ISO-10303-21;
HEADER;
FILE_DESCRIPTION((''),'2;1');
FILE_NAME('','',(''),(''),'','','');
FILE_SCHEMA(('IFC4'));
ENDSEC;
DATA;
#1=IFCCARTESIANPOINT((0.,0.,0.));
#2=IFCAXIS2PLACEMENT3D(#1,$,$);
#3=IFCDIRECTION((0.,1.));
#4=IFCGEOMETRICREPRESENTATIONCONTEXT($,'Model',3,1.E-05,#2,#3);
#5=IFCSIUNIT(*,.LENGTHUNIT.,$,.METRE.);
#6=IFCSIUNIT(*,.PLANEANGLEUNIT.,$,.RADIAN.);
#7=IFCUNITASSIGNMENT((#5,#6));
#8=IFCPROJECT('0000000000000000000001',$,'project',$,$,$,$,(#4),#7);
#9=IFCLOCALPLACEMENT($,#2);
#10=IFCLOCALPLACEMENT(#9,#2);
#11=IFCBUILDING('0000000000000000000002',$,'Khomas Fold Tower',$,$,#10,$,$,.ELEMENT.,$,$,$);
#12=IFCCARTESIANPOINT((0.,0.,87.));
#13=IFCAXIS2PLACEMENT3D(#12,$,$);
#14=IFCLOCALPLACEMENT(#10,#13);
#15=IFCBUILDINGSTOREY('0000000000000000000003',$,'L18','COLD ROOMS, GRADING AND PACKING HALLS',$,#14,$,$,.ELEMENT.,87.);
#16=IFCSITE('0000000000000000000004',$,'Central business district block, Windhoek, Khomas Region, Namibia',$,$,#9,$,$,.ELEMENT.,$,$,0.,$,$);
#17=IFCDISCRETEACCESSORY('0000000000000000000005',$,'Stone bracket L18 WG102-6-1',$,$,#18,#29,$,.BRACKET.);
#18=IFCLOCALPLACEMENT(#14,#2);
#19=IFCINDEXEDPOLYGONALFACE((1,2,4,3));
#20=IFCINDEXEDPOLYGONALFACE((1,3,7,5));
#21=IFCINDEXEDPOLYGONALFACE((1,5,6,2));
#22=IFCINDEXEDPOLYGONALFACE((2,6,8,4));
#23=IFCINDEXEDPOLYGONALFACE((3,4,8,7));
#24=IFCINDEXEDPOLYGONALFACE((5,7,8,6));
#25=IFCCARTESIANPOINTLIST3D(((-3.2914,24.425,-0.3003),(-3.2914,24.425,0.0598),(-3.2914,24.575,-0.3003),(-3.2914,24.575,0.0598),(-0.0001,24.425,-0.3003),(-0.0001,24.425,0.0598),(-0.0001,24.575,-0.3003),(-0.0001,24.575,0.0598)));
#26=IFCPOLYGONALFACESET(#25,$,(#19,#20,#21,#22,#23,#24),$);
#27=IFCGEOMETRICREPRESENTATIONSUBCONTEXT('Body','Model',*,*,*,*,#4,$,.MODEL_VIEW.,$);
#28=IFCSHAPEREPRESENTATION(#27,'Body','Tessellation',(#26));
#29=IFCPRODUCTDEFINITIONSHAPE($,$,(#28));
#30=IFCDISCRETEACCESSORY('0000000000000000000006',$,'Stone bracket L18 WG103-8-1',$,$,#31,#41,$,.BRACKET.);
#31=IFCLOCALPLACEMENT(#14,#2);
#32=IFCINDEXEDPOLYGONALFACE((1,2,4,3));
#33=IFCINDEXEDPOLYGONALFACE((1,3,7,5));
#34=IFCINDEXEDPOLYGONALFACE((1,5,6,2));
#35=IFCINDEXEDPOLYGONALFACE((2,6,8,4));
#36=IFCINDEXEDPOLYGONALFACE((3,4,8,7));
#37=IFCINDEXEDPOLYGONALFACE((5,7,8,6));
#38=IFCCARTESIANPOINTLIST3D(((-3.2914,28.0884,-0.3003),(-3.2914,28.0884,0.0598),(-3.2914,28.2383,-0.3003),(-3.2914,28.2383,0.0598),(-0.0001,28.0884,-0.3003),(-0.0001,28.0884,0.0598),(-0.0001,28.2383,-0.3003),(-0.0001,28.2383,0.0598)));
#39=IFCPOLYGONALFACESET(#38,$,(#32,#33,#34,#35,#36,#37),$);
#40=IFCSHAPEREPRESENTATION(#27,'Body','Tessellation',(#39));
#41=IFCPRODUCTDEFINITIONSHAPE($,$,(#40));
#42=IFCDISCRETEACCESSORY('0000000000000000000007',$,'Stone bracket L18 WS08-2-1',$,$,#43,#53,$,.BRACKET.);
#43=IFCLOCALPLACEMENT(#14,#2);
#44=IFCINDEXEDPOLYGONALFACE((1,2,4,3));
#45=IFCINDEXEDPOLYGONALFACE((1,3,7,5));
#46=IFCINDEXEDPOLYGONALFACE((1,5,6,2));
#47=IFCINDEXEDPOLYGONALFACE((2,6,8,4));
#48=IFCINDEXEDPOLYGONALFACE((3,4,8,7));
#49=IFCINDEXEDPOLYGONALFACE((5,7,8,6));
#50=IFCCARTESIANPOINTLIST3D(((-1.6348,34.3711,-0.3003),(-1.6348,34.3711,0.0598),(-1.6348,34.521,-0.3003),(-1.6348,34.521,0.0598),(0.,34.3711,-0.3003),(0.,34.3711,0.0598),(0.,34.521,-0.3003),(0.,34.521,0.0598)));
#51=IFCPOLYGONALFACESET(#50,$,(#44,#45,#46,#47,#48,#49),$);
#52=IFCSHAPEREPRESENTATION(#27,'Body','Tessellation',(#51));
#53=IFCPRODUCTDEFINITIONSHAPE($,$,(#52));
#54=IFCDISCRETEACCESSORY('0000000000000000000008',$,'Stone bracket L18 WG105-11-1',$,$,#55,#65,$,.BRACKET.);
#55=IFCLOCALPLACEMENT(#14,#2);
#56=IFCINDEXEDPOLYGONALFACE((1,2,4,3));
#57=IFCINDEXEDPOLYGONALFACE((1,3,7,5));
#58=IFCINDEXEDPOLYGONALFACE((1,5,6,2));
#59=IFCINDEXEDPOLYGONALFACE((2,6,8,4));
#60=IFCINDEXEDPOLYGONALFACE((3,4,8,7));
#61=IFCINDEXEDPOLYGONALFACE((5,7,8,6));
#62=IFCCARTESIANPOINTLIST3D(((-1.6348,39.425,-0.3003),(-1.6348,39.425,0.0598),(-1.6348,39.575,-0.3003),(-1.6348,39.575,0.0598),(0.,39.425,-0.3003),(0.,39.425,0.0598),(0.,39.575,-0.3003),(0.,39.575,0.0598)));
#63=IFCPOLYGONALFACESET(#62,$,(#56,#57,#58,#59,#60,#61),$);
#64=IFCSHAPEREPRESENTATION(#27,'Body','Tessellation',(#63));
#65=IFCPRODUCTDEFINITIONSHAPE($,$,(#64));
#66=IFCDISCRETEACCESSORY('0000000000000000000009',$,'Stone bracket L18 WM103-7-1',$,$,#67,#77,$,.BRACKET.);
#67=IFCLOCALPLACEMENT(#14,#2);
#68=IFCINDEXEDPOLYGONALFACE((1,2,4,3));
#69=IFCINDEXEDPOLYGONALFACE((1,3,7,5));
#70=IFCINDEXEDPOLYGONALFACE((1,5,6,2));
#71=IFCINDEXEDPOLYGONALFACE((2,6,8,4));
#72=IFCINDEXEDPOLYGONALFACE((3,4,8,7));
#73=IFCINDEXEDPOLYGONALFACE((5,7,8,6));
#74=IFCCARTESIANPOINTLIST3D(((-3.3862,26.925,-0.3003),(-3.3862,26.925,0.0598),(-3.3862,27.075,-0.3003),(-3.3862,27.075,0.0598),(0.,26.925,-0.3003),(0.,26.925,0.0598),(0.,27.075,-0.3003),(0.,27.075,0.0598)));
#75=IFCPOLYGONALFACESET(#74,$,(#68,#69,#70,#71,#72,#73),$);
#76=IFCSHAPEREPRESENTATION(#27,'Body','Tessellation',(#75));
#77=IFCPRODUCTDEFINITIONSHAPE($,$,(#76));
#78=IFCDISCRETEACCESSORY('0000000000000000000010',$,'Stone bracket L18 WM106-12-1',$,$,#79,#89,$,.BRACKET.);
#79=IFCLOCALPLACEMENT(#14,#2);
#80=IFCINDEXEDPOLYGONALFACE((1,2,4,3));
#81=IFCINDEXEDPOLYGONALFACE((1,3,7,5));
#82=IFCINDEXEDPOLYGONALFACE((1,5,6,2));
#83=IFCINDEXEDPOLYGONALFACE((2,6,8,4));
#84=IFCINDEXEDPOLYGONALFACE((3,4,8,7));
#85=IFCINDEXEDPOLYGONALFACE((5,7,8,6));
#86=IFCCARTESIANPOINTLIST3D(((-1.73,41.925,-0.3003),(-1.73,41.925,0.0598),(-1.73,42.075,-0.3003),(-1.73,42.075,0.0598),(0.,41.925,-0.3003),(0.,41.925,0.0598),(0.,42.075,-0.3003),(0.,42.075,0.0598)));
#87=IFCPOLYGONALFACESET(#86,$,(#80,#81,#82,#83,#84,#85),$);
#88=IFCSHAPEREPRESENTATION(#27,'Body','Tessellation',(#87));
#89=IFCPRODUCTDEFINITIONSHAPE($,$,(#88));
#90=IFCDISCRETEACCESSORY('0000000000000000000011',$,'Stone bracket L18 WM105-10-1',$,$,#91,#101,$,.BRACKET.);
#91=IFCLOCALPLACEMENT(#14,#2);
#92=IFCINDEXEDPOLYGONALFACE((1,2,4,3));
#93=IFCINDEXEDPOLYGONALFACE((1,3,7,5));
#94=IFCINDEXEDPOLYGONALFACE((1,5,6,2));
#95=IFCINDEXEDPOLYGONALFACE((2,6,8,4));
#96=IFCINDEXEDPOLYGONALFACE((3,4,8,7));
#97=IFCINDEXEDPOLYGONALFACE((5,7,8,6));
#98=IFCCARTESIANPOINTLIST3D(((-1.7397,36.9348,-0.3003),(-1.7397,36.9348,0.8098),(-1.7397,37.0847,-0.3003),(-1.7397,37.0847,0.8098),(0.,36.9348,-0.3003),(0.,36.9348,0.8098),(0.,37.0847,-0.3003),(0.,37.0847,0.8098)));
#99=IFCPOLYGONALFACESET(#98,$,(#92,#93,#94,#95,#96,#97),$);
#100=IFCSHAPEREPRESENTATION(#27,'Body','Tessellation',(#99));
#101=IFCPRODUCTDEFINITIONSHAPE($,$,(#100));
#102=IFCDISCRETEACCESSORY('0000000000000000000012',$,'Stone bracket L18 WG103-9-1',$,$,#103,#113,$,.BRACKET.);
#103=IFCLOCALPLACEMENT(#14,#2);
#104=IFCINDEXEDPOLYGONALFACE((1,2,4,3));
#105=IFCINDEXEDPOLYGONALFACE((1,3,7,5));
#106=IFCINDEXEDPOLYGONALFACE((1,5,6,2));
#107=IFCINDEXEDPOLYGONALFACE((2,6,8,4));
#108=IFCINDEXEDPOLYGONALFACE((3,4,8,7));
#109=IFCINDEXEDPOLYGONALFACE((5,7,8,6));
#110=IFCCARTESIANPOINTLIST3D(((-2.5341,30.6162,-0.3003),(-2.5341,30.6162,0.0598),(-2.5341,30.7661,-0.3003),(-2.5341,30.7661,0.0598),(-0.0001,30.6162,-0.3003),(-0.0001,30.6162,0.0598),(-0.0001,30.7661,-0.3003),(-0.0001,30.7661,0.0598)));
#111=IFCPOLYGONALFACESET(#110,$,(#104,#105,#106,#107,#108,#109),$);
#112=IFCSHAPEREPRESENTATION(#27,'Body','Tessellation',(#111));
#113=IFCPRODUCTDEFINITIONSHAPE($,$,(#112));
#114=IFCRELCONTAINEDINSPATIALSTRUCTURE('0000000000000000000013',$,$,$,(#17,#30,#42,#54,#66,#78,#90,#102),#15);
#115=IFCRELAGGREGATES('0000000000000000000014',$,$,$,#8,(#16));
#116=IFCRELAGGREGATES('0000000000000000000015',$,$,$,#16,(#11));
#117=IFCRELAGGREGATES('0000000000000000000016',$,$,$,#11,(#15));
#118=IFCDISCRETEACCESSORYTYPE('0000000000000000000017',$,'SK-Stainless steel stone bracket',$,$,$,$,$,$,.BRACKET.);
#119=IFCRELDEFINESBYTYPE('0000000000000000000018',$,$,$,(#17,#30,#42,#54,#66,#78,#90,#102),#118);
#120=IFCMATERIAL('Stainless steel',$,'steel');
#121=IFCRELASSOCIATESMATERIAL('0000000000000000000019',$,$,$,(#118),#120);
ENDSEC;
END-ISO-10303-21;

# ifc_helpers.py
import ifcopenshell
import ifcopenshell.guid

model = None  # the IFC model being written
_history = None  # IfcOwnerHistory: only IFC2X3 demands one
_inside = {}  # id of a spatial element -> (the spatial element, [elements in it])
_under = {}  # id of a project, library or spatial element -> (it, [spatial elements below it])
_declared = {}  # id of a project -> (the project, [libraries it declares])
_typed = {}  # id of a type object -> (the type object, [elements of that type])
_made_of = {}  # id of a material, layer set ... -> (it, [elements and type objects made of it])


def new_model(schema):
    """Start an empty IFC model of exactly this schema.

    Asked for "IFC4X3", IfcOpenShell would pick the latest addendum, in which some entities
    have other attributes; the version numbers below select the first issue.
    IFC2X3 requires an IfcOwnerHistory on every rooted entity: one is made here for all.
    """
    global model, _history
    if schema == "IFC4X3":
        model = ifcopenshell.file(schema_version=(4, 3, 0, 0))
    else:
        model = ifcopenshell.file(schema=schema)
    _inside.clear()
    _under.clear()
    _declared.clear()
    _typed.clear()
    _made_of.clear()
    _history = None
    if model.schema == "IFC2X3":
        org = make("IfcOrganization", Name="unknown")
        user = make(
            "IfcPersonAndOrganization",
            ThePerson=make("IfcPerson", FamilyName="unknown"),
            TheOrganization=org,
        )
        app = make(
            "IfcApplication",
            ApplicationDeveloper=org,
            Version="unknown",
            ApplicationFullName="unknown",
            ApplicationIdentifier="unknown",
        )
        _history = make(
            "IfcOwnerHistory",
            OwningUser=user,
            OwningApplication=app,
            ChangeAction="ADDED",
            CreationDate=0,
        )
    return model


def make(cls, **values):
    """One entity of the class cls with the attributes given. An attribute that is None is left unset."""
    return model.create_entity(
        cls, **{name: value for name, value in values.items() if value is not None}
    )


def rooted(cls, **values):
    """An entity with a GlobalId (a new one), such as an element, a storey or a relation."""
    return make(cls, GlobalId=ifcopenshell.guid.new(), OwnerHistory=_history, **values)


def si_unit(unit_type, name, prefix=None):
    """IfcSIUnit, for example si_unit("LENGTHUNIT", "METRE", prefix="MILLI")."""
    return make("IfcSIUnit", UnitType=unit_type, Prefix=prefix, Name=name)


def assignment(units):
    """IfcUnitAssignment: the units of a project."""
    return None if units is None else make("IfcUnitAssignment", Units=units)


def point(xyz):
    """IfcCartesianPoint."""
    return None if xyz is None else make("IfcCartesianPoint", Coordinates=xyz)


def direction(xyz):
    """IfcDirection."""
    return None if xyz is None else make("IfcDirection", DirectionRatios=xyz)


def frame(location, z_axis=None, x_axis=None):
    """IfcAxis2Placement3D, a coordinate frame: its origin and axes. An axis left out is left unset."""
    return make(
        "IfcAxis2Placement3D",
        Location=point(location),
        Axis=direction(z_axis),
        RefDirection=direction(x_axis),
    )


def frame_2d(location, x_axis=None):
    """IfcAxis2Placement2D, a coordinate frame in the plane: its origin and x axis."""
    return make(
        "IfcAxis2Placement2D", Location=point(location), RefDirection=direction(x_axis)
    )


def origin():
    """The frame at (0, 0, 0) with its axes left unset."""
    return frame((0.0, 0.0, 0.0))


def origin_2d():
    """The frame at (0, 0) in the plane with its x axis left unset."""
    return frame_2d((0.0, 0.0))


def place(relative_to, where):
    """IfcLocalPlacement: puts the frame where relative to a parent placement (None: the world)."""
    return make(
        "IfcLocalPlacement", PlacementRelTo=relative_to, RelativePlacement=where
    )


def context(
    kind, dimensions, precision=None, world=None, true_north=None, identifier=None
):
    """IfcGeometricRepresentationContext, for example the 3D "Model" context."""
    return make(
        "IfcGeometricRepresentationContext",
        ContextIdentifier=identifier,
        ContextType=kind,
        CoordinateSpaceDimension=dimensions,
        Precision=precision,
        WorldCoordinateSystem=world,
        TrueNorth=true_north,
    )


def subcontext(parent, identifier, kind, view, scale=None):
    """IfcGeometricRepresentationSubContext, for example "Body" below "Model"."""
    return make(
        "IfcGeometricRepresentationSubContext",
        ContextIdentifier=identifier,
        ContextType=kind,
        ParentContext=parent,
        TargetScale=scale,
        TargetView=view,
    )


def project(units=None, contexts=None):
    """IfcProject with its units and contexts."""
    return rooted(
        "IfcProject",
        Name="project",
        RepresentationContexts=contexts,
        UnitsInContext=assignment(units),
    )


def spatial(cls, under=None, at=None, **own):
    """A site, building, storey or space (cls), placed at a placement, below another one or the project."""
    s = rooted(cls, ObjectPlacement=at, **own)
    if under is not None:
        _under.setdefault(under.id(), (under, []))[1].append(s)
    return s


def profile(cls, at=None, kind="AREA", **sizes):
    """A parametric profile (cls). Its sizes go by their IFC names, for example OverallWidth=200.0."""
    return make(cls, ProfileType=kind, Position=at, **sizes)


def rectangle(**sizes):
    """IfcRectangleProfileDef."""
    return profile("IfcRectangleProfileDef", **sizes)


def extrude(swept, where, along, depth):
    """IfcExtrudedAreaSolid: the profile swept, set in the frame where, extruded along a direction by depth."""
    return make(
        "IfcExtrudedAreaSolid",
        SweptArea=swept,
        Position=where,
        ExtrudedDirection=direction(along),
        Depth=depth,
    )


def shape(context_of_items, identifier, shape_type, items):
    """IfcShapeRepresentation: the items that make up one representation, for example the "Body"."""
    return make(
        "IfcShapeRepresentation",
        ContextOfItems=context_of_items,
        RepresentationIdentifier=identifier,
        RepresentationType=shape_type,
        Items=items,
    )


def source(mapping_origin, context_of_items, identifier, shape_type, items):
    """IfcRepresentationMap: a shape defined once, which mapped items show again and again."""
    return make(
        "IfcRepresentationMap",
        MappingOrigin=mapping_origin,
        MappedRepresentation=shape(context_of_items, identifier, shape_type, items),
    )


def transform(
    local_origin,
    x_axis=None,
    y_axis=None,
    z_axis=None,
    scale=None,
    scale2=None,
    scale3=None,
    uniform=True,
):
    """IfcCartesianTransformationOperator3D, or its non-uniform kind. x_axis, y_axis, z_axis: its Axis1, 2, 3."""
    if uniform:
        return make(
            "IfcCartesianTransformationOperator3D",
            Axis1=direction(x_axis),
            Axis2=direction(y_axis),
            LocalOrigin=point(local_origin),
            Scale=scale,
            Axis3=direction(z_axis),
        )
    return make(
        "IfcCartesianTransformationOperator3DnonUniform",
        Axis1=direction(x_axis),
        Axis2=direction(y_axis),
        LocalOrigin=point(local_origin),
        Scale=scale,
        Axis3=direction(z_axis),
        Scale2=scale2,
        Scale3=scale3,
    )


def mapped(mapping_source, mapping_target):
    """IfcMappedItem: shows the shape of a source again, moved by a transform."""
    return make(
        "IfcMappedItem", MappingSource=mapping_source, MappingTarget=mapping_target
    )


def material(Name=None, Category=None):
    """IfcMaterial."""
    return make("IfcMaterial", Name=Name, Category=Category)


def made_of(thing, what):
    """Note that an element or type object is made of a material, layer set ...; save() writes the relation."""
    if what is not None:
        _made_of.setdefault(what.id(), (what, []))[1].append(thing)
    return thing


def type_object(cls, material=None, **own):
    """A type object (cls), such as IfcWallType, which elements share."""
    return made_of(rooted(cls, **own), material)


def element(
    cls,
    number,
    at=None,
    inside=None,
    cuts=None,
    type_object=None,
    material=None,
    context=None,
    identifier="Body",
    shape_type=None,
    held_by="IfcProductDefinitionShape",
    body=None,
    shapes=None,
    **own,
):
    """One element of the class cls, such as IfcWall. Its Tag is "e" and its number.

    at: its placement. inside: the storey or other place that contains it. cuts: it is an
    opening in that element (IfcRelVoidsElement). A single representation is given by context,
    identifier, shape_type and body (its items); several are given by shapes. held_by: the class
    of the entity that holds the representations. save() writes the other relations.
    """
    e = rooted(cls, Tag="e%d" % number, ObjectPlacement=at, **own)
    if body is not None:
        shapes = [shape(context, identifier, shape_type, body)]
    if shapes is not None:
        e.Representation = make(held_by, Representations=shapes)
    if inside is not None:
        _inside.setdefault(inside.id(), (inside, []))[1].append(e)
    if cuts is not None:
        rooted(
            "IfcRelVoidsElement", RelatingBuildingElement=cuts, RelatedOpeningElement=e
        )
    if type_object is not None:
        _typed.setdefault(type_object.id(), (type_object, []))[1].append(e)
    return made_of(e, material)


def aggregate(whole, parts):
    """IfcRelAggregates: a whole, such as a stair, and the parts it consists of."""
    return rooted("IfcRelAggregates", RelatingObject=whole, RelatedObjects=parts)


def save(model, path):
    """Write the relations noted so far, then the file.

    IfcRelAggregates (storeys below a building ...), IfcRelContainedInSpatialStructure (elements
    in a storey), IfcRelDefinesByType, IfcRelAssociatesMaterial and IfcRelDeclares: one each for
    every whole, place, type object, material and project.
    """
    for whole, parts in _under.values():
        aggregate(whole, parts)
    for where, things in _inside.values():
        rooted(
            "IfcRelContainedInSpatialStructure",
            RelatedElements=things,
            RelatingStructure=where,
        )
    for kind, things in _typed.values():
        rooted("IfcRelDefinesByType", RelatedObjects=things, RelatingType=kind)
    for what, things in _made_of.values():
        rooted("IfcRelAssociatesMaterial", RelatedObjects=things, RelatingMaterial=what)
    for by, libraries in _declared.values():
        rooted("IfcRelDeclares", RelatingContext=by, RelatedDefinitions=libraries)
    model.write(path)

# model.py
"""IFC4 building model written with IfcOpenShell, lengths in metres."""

from ifc_helpers import new_model, si_unit, direction, frame, origin, origin_2d, place, context, subcontext, project, spatial, rectangle, extrude, source, transform, mapped, material, type_object, element, save


model = new_model("IFC4")

# Units and contexts
model_context = context("Model", 3, precision=1e-05, world=origin(), true_north=direction((0.0, 1.0)))
body_context = subcontext(model_context, "Body", "Model", "MODEL_VIEW")
ifc_project = project(units=[si_unit("LENGTHUNIT", "METRE"), si_unit("PLANEANGLEUNIT", "RADIAN")], contexts=[model_context])

# Site, building, storey
site_placement = place(None, origin())
site = spatial("IfcSite", under=ifc_project, at=site_placement, Name="Central business district block, Windhoek, Khomas Region, Namibia", CompositionType="ELEMENT", RefElevation=0.0)
building_placement = place(site_placement, origin())
building = spatial("IfcBuilding", under=site, at=building_placement, Name="Khomas Fold Tower", CompositionType="ELEMENT")
storey_placement = place(building_placement, frame((0.0, 0.0, 87.0)))
storey = spatial("IfcBuildingStorey", under=building, at=storey_placement, Name="L18", Description="COLD ROOMS, GRADING AND PACKING HALLS", CompositionType="ELEMENT", Elevation=87.0)

# Discrete accessories
ifc_material_1 = material(Name="Stainless steel", Category="steel")
discrete_accessory_type = type_object("IfcDiscreteAccessoryType", Name="SK-Stainless steel stone bracket", PredefinedType="BRACKET", material=ifc_material_1)
shared_shape_1 = source(origin(), body_context, "Body", "SweptSolid", [
    extrude(rectangle(XDim=3.2913, YDim=0.1499, at=origin_2d()), origin(), (0.0, 0.0, 1.0), 0.3601),
])
for number, where, z_axis, x_axis, name in (
    (1, (-1.6458, 24.5, -0.3003), (0.0, 0.0, 1.0), (-1.0, 0.0, 0.0), "Stone bracket L18 WG102-6-1"),
    (2, (-1.6458, 28.1633, -0.3003), (0.0, 0.0, 1.0), (-1.0, 0.0, 0.0), "Stone bracket L18 WG103-8-1"),
):
    element("IfcDiscreteAccessory", number, at=place(storey_placement, frame(where, z_axis=z_axis, x_axis=x_axis)), inside=storey, type_object=discrete_accessory_type, Name=name, PredefinedType="BRACKET", context=body_context, shape_type="MappedRepresentation", body=[
        mapped(shared_shape_1, transform((0.0, 0.0, 0.0))),
    ])
shared_shape_2 = source(origin(), body_context, "Body", "SweptSolid", [
    extrude(rectangle(XDim=1.6348, YDim=0.1499, at=origin_2d()), origin(), (0.0, 0.0, 1.0), 0.3601),
])
for number, where, z_axis, x_axis, name in (
    (3, (-0.8174, 34.446, -0.3003), (0.0, 0.0, 1.0), (-1.0, 0.0, 0.0), "Stone bracket L18 WS08-2-1"),
    (4, (-0.8174, 39.5, -0.3003), (0.0, 0.0, 1.0), (-1.0, 0.0, 0.0), "Stone bracket L18 WG105-11-1"),
):
    element("IfcDiscreteAccessory", number, at=place(storey_placement, frame(where, z_axis=z_axis, x_axis=x_axis)), inside=storey, type_object=discrete_accessory_type, Name=name, PredefinedType="BRACKET", context=body_context, shape_type="MappedRepresentation", body=[
        mapped(shared_shape_2, transform((0.0, 0.0, 0.0))),
    ])
shared_shape_3 = source(origin(), body_context, "Body", "SweptSolid", [
    extrude(rectangle(XDim=3.3862, YDim=0.1499, at=origin_2d()), origin(), (0.0, 0.0, 1.0), 0.3601),
])
discrete_accessory_1_placement = place(storey_placement, frame((-1.6931, 27.0, -0.3003), z_axis=(0.0, 0.0, 1.0), x_axis=(-1.0, 0.0, 0.0)))
element("IfcDiscreteAccessory", 5, at=discrete_accessory_1_placement, inside=storey, type_object=discrete_accessory_type, Name="Stone bracket L18 WM103-7-1", PredefinedType="BRACKET", context=body_context, shape_type="MappedRepresentation", body=[
    mapped(shared_shape_3, transform((0.0, 0.0, 0.0))),
])
shared_shape_4 = source(origin(), body_context, "Body", "SweptSolid", [
    extrude(rectangle(XDim=1.73, YDim=0.1499, at=origin_2d()), origin(), (0.0, 0.0, 1.0), 0.3601),
])
discrete_accessory_2_placement = place(storey_placement, frame((-0.865, 42.0, -0.3003), z_axis=(0.0, 0.0, 1.0), x_axis=(-1.0, 0.0, 0.0)))
element("IfcDiscreteAccessory", 6, at=discrete_accessory_2_placement, inside=storey, type_object=discrete_accessory_type, Name="Stone bracket L18 WM106-12-1", PredefinedType="BRACKET", context=body_context, shape_type="MappedRepresentation", body=[
    mapped(shared_shape_4, transform((0.0, 0.0, 0.0))),
])
shared_shape_5 = source(origin(), body_context, "Body", "SweptSolid", [
    extrude(rectangle(XDim=1.7397, YDim=0.1499, at=origin_2d()), origin(), (0.0, 0.0, 1.0), 1.1101),
])
discrete_accessory_3_placement = place(storey_placement, frame((-0.8699, 37.0098, -0.3003), z_axis=(0.0, 0.0, 1.0), x_axis=(-1.0, 0.0, 0.0)))
element("IfcDiscreteAccessory", 7, at=discrete_accessory_3_placement, inside=storey, type_object=discrete_accessory_type, Name="Stone bracket L18 WM105-10-1", PredefinedType="BRACKET", context=body_context, shape_type="MappedRepresentation", body=[
    mapped(shared_shape_5, transform((0.0, 0.0, 0.0))),
])
shared_shape_6 = source(origin(), body_context, "Body", "SweptSolid", [
    extrude(rectangle(XDim=2.5339, YDim=0.1499, at=origin_2d()), origin(), (0.0, 0.0, 1.0), 0.3601),
])
discrete_accessory_4_placement = place(storey_placement, frame((-1.2671, 30.6912, -0.3003), z_axis=(0.0, 0.0, 1.0), x_axis=(-1.0, 0.0, 0.0)))
element("IfcDiscreteAccessory", 8, at=discrete_accessory_4_placement, inside=storey, type_object=discrete_accessory_type, Name="Stone bracket L18 WG103-9-1", PredefinedType="BRACKET", context=body_context, shape_type="MappedRepresentation", body=[
    mapped(shared_shape_6, transform((0.0, 0.0, 0.0))),
])

save(model, "model.ifc")
